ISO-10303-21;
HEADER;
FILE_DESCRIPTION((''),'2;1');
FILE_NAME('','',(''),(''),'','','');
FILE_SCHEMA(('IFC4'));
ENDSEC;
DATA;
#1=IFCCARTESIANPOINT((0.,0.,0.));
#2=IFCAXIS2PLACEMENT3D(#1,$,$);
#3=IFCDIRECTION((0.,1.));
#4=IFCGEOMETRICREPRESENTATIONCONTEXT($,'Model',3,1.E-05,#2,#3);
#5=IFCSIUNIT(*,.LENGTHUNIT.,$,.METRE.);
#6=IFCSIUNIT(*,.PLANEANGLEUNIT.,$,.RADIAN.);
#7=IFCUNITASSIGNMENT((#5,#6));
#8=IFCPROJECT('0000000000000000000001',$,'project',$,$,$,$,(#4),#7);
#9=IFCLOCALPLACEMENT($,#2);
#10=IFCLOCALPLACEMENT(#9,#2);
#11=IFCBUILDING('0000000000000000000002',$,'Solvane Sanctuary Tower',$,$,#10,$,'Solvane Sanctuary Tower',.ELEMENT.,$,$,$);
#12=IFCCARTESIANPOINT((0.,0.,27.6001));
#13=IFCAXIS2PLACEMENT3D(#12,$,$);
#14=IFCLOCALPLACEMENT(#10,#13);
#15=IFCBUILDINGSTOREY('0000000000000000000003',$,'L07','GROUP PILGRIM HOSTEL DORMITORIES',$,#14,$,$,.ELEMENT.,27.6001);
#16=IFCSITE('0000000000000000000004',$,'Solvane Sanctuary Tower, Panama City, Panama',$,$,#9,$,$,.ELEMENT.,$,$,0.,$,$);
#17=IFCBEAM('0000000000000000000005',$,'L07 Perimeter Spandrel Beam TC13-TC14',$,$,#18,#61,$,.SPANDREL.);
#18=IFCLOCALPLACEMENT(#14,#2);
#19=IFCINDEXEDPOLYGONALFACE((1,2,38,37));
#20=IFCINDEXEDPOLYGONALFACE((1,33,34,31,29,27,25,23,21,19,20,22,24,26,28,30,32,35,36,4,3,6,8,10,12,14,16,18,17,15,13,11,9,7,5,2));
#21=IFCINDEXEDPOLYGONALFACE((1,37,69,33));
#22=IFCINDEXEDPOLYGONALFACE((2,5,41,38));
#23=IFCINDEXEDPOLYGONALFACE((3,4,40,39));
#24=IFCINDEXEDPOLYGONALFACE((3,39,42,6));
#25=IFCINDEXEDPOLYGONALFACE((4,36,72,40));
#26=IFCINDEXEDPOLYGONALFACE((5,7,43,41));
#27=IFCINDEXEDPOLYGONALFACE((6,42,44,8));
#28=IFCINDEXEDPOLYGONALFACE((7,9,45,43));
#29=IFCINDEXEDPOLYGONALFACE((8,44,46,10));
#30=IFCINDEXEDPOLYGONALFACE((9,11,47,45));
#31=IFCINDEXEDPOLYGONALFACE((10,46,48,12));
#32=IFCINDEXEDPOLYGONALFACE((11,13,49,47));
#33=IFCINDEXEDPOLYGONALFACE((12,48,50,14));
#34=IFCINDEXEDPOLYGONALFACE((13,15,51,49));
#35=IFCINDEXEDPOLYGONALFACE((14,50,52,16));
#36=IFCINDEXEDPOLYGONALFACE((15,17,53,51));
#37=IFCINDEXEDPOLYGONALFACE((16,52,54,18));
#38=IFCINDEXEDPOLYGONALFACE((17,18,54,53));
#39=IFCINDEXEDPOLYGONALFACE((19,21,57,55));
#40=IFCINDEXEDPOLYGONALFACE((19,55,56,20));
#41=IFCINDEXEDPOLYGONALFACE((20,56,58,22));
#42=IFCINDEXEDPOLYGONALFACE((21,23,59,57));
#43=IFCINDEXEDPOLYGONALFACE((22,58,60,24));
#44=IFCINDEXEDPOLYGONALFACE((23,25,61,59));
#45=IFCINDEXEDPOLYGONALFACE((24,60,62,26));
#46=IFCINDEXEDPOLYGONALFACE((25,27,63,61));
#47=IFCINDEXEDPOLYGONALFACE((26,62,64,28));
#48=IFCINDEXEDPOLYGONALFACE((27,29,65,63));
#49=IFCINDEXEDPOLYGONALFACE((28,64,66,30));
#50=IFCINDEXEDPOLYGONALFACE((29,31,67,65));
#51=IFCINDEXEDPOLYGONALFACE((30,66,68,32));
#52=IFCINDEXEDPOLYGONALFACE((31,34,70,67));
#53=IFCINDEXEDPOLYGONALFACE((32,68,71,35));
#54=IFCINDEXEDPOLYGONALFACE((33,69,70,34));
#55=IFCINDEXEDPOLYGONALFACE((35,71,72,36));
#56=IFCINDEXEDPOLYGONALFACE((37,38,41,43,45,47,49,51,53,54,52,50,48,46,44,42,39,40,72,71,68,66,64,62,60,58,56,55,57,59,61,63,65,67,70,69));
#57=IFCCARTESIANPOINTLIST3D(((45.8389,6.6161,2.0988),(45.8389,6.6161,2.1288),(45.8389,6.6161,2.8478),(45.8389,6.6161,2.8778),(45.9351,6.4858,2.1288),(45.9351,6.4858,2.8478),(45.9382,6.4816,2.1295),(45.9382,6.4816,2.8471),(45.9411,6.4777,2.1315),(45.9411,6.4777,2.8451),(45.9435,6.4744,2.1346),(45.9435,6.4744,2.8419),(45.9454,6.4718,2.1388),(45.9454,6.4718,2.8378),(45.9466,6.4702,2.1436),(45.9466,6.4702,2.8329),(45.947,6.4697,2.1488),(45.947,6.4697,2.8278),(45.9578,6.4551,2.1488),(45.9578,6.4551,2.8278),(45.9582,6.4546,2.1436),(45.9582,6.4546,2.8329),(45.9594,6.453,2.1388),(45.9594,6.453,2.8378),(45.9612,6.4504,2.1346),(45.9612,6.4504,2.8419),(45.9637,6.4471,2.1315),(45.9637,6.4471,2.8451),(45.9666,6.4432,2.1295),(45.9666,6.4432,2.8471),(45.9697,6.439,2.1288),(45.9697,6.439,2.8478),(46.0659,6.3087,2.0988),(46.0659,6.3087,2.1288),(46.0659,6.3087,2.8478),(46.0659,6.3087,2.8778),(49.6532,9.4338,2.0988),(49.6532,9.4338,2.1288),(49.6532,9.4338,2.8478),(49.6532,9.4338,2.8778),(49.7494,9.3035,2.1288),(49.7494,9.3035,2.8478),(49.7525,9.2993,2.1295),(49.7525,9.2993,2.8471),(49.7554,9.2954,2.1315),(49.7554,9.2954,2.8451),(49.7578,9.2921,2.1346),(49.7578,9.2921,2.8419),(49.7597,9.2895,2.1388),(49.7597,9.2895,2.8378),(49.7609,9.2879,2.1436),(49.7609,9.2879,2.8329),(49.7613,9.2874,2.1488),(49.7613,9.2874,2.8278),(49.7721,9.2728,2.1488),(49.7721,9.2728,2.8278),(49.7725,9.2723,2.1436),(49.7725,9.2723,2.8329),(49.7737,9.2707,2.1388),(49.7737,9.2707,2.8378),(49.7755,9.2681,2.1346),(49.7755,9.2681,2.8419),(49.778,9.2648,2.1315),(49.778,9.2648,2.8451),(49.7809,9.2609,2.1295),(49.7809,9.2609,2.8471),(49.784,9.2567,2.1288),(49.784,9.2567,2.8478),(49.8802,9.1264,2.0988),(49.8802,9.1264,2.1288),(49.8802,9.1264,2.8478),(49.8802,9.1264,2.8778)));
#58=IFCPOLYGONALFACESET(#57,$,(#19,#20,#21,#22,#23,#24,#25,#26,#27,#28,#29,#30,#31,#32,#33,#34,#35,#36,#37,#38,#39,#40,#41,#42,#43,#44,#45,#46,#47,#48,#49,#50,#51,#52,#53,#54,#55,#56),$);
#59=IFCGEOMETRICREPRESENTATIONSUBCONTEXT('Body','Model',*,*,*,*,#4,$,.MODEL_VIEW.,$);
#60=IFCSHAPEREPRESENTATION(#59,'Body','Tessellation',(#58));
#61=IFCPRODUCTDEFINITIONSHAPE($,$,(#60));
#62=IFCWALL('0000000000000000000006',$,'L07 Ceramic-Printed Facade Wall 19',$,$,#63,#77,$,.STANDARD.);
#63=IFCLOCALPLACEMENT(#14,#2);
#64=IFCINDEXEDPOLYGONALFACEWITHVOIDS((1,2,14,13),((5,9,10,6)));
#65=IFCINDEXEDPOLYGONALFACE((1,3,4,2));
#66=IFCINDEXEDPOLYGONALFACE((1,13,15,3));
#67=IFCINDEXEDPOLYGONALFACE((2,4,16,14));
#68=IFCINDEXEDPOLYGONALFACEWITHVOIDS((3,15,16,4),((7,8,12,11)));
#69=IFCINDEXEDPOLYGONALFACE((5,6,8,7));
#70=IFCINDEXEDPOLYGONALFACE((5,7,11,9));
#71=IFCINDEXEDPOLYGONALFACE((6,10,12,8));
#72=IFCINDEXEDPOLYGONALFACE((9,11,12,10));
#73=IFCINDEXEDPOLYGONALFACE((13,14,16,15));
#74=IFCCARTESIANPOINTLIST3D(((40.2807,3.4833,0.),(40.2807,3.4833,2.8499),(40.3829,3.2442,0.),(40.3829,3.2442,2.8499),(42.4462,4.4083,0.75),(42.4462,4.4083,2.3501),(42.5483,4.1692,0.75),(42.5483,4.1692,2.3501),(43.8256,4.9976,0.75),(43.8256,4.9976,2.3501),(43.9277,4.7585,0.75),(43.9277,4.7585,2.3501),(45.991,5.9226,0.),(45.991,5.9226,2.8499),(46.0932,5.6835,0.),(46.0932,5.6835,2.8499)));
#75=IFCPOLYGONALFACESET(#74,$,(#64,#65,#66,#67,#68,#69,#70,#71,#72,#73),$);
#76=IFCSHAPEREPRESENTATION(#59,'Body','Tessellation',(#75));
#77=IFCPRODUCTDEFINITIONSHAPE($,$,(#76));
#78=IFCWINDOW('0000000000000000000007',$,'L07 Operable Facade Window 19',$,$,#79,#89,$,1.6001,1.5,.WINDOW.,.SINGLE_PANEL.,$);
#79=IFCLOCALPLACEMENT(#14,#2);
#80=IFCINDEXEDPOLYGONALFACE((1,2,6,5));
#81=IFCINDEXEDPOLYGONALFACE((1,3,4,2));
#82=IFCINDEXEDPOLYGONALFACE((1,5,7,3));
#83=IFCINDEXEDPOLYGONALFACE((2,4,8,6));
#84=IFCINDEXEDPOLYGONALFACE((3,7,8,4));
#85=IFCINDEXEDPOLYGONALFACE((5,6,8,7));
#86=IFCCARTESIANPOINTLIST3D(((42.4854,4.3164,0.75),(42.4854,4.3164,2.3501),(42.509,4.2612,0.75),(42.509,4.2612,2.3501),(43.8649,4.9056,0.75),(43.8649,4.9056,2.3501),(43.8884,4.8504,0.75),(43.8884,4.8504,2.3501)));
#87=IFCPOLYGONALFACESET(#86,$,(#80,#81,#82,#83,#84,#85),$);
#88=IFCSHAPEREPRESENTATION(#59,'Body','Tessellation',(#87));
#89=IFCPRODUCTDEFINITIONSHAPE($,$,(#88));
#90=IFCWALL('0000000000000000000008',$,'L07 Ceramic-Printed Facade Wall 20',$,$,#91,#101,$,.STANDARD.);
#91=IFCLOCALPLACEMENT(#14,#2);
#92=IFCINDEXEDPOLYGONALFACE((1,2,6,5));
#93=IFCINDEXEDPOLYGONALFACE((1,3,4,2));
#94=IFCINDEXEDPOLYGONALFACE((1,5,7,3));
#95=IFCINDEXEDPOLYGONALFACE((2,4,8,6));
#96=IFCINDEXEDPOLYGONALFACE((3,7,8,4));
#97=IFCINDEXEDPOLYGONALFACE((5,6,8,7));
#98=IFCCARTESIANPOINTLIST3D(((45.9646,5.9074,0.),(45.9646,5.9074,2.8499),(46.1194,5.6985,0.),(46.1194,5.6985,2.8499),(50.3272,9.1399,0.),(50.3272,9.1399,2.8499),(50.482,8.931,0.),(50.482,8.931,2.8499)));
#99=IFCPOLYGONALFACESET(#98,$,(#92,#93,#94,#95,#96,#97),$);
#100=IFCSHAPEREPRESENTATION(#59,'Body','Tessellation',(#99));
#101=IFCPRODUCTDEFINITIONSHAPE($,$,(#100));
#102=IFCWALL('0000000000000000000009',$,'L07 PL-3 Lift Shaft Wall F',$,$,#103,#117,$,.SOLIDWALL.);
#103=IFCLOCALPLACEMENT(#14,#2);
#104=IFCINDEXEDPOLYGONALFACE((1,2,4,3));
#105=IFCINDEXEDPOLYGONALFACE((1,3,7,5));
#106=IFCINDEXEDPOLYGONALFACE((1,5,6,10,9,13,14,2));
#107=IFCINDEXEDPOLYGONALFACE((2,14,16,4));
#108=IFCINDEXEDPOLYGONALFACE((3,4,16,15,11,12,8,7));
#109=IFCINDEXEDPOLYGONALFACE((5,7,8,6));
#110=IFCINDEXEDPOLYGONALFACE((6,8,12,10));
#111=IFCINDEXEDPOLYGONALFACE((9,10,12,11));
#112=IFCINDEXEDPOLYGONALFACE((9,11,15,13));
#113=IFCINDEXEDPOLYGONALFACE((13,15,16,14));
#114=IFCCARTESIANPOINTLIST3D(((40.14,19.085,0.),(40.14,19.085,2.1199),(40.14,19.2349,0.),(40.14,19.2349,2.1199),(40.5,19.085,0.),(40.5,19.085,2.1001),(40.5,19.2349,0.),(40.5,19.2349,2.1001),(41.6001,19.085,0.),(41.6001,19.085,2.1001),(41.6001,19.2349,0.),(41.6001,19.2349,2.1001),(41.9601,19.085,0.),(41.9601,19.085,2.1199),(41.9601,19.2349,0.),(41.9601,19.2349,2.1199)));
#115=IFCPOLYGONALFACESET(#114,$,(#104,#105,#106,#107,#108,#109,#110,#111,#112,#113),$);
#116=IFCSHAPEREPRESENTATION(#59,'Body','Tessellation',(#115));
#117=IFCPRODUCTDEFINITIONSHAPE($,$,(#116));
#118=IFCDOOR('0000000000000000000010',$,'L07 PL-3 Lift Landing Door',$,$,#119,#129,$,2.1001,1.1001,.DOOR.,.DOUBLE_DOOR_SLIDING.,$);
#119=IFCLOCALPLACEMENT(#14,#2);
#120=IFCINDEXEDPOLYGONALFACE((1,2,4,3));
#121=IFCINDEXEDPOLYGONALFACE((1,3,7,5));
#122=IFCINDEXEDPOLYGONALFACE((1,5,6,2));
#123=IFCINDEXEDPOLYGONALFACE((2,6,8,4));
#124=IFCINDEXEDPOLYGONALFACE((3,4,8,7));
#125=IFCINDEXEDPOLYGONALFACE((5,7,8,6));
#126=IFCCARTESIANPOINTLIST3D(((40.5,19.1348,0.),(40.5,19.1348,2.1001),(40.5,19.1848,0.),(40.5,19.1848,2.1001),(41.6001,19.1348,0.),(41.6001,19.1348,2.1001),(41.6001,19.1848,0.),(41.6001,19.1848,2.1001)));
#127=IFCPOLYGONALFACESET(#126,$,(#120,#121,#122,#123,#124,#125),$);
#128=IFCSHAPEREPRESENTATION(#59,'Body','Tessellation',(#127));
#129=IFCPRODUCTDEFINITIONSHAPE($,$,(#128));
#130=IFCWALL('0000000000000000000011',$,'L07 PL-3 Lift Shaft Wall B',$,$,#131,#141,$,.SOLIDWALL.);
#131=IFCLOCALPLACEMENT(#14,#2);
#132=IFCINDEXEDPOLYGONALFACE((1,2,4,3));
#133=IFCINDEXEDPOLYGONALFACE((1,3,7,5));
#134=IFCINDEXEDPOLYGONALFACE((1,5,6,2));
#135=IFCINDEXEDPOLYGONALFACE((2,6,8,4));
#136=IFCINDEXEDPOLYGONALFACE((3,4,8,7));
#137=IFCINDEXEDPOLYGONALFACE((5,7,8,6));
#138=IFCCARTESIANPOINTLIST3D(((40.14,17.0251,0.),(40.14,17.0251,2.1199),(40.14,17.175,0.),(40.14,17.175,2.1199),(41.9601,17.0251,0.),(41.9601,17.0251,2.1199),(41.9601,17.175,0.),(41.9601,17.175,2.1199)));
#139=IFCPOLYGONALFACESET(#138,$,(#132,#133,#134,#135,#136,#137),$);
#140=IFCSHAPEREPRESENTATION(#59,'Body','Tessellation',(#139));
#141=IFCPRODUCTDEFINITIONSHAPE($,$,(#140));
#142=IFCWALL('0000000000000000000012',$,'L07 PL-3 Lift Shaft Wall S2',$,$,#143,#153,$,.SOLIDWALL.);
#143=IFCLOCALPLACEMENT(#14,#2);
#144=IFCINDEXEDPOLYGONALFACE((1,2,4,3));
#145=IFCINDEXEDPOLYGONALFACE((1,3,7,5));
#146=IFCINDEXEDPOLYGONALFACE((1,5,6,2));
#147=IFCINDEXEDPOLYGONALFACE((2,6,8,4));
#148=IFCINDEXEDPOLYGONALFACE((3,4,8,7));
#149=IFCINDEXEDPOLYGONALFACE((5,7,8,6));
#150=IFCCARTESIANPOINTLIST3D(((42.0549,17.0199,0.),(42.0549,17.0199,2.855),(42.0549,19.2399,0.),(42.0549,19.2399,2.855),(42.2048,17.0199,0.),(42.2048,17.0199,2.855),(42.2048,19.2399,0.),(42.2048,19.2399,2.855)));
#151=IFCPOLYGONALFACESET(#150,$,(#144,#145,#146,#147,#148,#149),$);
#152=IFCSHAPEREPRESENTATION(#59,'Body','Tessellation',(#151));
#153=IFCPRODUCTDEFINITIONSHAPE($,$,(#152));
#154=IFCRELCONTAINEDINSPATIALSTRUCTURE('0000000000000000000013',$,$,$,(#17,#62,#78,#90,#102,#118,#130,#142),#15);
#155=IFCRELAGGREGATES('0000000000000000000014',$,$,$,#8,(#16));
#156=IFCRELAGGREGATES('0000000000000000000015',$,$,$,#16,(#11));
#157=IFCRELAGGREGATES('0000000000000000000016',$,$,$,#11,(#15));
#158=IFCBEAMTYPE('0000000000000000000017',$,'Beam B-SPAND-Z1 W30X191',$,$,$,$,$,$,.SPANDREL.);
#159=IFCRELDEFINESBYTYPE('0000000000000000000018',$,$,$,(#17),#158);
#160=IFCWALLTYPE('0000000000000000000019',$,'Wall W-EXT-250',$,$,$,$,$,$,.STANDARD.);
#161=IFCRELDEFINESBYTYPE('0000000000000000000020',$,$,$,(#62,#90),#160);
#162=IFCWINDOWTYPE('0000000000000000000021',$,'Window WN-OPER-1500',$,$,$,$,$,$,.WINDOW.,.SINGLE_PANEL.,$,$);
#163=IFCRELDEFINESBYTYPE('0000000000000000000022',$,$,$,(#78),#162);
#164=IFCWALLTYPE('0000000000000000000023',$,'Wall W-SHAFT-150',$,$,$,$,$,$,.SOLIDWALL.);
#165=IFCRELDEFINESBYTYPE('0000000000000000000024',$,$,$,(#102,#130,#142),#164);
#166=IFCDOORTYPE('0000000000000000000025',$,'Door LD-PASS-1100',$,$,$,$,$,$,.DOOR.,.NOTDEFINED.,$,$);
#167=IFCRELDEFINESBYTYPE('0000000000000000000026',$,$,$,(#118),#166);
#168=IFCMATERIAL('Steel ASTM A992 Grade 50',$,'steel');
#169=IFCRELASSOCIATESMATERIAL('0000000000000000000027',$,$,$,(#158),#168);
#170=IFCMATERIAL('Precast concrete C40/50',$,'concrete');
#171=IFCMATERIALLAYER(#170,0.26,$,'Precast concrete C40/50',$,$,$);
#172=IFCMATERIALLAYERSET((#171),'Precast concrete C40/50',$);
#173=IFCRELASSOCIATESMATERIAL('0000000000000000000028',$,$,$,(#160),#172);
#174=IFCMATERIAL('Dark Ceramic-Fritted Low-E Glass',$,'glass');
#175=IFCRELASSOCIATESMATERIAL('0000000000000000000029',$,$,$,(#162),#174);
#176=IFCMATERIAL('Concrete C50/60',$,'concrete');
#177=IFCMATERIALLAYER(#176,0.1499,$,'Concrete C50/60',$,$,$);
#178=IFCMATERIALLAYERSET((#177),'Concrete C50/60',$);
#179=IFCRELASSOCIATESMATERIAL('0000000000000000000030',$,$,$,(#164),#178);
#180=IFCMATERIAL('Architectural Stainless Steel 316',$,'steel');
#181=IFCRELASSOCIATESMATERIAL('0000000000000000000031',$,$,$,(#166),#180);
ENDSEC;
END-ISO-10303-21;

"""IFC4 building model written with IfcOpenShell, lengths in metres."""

from ifc_helpers import new_model, si_unit, direction, frame, frame_2d, origin, origin_2d, place, context, subcontext, project, spatial, rectangle, i_section, extrude, material, layer, layer_set, material_profile, profile_set, type_object, element, fill, save


model = new_model("IFC4")

# Units and contexts
model_context = context("Model", 3, precision=1e-05, world=origin(), true_north=direction((0.0, 1.0)))
body_context = subcontext(model_context, "Body", "Model", "MODEL_VIEW")
ifc_project = project(units=[si_unit("LENGTHUNIT", "METRE"), si_unit("PLANEANGLEUNIT", "RADIAN")], contexts=[model_context])

# Site, building, storey
site_placement = place(None, origin())
site = spatial("IfcSite", under=ifc_project, at=site_placement, Name="Solvane Sanctuary Tower, Panama City, Panama", CompositionType="ELEMENT", RefElevation=0.0)
building_placement = place(site_placement, origin())
building = spatial("IfcBuilding", under=site, at=building_placement, Name="Solvane Sanctuary Tower", LongName="Solvane Sanctuary Tower", CompositionType="ELEMENT")
storey_placement = place(building_placement, frame((0.0, 0.0, 27.6001)))
storey = spatial("IfcBuildingStorey", under=building, at=storey_placement, Name="L07", Description="GROUP PILGRIM HOSTEL DORMITORIES", CompositionType="ELEMENT", Elevation=27.6001)

# Beam
ifc_material_1 = material(Name="Steel ASTM A992 Grade 50", Category="steel")
ifc_material_profile_1 = material_profile(ifc_material_1, i_section(OverallWidth=0.3821, OverallDepth=0.7791, WebThickness=0.0181, FlangeThickness=0.03, FilletRadius=0.02, at=origin_2d()), Name="W30X191")
ifc_profile_set_1 = profile_set([ifc_material_profile_1], Name="Steel ASTM A992 Grade 50")
beam_type_1 = type_object("IfcBeamType", Name="Beam B-SPAND-Z1 W30X191", PredefinedType="SPANDREL", material=ifc_profile_set_1)
beam_1_placement = place(storey_placement, frame((45.9524, 6.4624, 2.4883), z_axis=(0.804334, 0.594177, 0.0), x_axis=(-0.594177, 0.804334, 0.0)))
element("IfcBeam", 1, at=beam_1_placement, inside=storey, type_object=beam_type_1, Name="L07 Perimeter Spandrel Beam TC13-TC14", PredefinedType="SPANDREL", context=body_context, shape_type="SweptSolid", body=[
    extrude(i_section(OverallWidth=0.3821, OverallDepth=0.7791, WebThickness=0.0181, FlangeThickness=0.03, FilletRadius=0.02, at=origin_2d()), origin(), (0.0, 0.0, 1.0), 4.7422),
])

# Wall, opening, window
ifc_material_2 = material(Name="Precast concrete C40/50", Category="concrete")
ifc_layer_1 = layer(ifc_material_2, 0.26, Name="Precast concrete C40/50")
ifc_layer_set_1 = layer_set([ifc_layer_1], Name="Precast concrete C40/50")
wall_type_1 = type_object("IfcWallType", Name="Wall W-EXT-250", PredefinedType="STANDARD", material=ifc_layer_set_1)
wall_1_placement = place(storey_placement, frame((40.3318, 3.3638, 0.0), z_axis=(0.0, 0.0, 1.0), x_axis=(0.919612, 0.392828, 0.0)))
wall_1 = element("IfcWall", 2, at=wall_1_placement, inside=storey, type_object=wall_type_1, Name="L07 Ceramic-Printed Facade Wall 19", PredefinedType="STANDARD", context=body_context, shape_type="SweptSolid", body=[
    extrude(rectangle(XDim=6.2095, YDim=0.26, at=frame_2d((3.1047, 0.0))), origin(), (0.0, 0.0, 1.0), 2.8499),
])
opening_1_placement = place(wall_1_placement, frame((2.3547, 0.0, 0.75)))
opening_1 = element("IfcOpeningElement", 3, at=opening_1_placement, cuts=wall_1, PredefinedType="OPENING", context=body_context, shape_type="SweptSolid", body=[
    extrude(rectangle(XDim=1.5, YDim=1.6001, at=frame_2d((0.75, 0.8))), frame((0.0, 0.1399, 0.0), z_axis=(0.0, -1.0, 0.0), x_axis=(1.0, 0.0, 0.0)), (0.0, 0.0, 1.0), 0.28),
])
ifc_material_3 = material(Name="Dark Ceramic-Fritted Low-E Glass", Category="glass")
window_type = type_object("IfcWindowType", Name="Window WN-OPER-1500", PartitioningType="SINGLE_PANEL", PredefinedType="WINDOW", material=ifc_material_3)
window_placement = place(opening_1_placement, origin())
window = element("IfcWindow", 4, at=window_placement, inside=storey, type_object=window_type, Name="L07 Operable Facade Window 19", OverallHeight=1.6001, OverallWidth=1.5, PartitioningType="SINGLE_PANEL", PredefinedType="WINDOW", context=body_context, shape_type="SweptSolid", body=[
    extrude(rectangle(XDim=1.5, YDim=1.6001, at=frame_2d((0.75, 0.8))), frame((0.0, 0.03, 0.0), z_axis=(0.0, -1.0, 0.0), x_axis=(1.0, 0.0, 0.0)), (0.0, 0.0, 1.0), 0.0601),
])
fill(opening_1, window)

# Wall
wall_2_placement = place(storey_placement, frame((46.042, 5.803, 0.0), z_axis=(0.0, 0.0, 1.0), x_axis=(0.803478, 0.595335, 0.0)))
element("IfcWall", 5, at=wall_2_placement, inside=storey, type_object=wall_type_1, Name="L07 Ceramic-Printed Facade Wall 20", PredefinedType="STANDARD", context=body_context, shape_type="SweptSolid", body=[
    extrude(rectangle(XDim=5.4297, YDim=0.26, at=frame_2d((2.7148, 0.0))), origin(), (0.0, 0.0, 1.0), 2.8499),
])

# Wall, opening, door
ifc_material_4 = material(Name="Concrete C50/60", Category="concrete")
ifc_layer_2 = layer(ifc_material_4, 0.1499, Name="Concrete C50/60")
ifc_layer_set_2 = layer_set([ifc_layer_2], Name="Concrete C50/60")
wall_type_2 = type_object("IfcWallType", Name="Wall W-SHAFT-150", PredefinedType="SOLIDWALL", material=ifc_layer_set_2)
wall_3_placement = place(storey_placement, frame((40.1399, 19.1599, 0.0), z_axis=(0.0, 0.0, 1.0), x_axis=(1.0, 0.0, 0.0)))
wall_3 = element("IfcWall", 6, at=wall_3_placement, inside=storey, type_object=wall_type_2, Name="L07 PL-3 Lift Shaft Wall F", PredefinedType="SOLIDWALL", context=body_context, shape_type="SweptSolid", body=[
    extrude(rectangle(XDim=1.8201, YDim=0.1499, at=frame_2d((0.9102, 0.0))), origin(), (0.0, 0.0, 1.0), 2.1199),
])
opening_2_placement = place(wall_3_placement, frame((0.3601, 0.0, 0.0)))
opening_2 = element("IfcOpeningElement", 7, at=opening_2_placement, cuts=wall_3, PredefinedType="OPENING", context=body_context, shape_type="SweptSolid", body=[
    extrude(rectangle(XDim=1.1001, YDim=2.1001, at=frame_2d((0.55, 1.05))), frame((0.0, 0.085, 0.0), z_axis=(0.0, -1.0, 0.0), x_axis=(1.0, 0.0, 0.0)), (0.0, 0.0, 1.0), 0.1699),
])
ifc_material_5 = material(Name="Architectural Stainless Steel 316", Category="steel")
door_type_1 = type_object("IfcDoorType", Name="Door LD-PASS-1100", OperationType="NOTDEFINED", PredefinedType="DOOR", material=ifc_material_5)
door_1_placement = place(opening_2_placement, origin())
door_1 = element("IfcDoor", 8, at=door_1_placement, inside=storey, type_object=door_type_1, Name="L07 PL-3 Lift Landing Door", OperationType="DOUBLE_DOOR_SLIDING", OverallHeight=2.1001, OverallWidth=1.1001, PredefinedType="DOOR", context=body_context, shape_type="SweptSolid", body=[
    extrude(rectangle(XDim=1.1001, YDim=2.1001, at=frame_2d((0.55, 1.05))), frame((0.0, 0.0249, 0.0), z_axis=(0.0, -1.0, 0.0), x_axis=(1.0, 0.0, 0.0)), (0.0, 0.0, 1.0), 0.05),
])
fill(opening_2, door_1)

# Walls
wall_4_placement = place(storey_placement, frame((40.1399, 17.1001, 0.0), z_axis=(0.0, 0.0, 1.0), x_axis=(1.0, 0.0, 0.0)))
element("IfcWall", 9, at=wall_4_placement, inside=storey, type_object=wall_type_2, Name="L07 PL-3 Lift Shaft Wall B", PredefinedType="SOLIDWALL", context=body_context, shape_type="SweptSolid", body=[
    extrude(rectangle(XDim=1.8201, YDim=0.1499, at=frame_2d((0.9102, 0.0))), origin(), (0.0, 0.0, 1.0), 2.1199),
])
wall_5_placement = place(storey_placement, frame((42.1299, 17.02, 0.0), z_axis=(0.0, 0.0, 1.0), x_axis=(0.0, 1.0, 0.0)))
element("IfcWall", 10, at=wall_5_placement, inside=storey, type_object=wall_type_2, Name="L07 PL-3 Lift Shaft Wall S2", PredefinedType="SOLIDWALL", context=body_context, shape_type="SweptSolid", body=[
    extrude(rectangle(XDim=2.22, YDim=0.1499, at=frame_2d((1.1099, 0.0))), origin(), (0.0, 0.0, 1.0), 2.855),
])

save(model, "model.ifc")
